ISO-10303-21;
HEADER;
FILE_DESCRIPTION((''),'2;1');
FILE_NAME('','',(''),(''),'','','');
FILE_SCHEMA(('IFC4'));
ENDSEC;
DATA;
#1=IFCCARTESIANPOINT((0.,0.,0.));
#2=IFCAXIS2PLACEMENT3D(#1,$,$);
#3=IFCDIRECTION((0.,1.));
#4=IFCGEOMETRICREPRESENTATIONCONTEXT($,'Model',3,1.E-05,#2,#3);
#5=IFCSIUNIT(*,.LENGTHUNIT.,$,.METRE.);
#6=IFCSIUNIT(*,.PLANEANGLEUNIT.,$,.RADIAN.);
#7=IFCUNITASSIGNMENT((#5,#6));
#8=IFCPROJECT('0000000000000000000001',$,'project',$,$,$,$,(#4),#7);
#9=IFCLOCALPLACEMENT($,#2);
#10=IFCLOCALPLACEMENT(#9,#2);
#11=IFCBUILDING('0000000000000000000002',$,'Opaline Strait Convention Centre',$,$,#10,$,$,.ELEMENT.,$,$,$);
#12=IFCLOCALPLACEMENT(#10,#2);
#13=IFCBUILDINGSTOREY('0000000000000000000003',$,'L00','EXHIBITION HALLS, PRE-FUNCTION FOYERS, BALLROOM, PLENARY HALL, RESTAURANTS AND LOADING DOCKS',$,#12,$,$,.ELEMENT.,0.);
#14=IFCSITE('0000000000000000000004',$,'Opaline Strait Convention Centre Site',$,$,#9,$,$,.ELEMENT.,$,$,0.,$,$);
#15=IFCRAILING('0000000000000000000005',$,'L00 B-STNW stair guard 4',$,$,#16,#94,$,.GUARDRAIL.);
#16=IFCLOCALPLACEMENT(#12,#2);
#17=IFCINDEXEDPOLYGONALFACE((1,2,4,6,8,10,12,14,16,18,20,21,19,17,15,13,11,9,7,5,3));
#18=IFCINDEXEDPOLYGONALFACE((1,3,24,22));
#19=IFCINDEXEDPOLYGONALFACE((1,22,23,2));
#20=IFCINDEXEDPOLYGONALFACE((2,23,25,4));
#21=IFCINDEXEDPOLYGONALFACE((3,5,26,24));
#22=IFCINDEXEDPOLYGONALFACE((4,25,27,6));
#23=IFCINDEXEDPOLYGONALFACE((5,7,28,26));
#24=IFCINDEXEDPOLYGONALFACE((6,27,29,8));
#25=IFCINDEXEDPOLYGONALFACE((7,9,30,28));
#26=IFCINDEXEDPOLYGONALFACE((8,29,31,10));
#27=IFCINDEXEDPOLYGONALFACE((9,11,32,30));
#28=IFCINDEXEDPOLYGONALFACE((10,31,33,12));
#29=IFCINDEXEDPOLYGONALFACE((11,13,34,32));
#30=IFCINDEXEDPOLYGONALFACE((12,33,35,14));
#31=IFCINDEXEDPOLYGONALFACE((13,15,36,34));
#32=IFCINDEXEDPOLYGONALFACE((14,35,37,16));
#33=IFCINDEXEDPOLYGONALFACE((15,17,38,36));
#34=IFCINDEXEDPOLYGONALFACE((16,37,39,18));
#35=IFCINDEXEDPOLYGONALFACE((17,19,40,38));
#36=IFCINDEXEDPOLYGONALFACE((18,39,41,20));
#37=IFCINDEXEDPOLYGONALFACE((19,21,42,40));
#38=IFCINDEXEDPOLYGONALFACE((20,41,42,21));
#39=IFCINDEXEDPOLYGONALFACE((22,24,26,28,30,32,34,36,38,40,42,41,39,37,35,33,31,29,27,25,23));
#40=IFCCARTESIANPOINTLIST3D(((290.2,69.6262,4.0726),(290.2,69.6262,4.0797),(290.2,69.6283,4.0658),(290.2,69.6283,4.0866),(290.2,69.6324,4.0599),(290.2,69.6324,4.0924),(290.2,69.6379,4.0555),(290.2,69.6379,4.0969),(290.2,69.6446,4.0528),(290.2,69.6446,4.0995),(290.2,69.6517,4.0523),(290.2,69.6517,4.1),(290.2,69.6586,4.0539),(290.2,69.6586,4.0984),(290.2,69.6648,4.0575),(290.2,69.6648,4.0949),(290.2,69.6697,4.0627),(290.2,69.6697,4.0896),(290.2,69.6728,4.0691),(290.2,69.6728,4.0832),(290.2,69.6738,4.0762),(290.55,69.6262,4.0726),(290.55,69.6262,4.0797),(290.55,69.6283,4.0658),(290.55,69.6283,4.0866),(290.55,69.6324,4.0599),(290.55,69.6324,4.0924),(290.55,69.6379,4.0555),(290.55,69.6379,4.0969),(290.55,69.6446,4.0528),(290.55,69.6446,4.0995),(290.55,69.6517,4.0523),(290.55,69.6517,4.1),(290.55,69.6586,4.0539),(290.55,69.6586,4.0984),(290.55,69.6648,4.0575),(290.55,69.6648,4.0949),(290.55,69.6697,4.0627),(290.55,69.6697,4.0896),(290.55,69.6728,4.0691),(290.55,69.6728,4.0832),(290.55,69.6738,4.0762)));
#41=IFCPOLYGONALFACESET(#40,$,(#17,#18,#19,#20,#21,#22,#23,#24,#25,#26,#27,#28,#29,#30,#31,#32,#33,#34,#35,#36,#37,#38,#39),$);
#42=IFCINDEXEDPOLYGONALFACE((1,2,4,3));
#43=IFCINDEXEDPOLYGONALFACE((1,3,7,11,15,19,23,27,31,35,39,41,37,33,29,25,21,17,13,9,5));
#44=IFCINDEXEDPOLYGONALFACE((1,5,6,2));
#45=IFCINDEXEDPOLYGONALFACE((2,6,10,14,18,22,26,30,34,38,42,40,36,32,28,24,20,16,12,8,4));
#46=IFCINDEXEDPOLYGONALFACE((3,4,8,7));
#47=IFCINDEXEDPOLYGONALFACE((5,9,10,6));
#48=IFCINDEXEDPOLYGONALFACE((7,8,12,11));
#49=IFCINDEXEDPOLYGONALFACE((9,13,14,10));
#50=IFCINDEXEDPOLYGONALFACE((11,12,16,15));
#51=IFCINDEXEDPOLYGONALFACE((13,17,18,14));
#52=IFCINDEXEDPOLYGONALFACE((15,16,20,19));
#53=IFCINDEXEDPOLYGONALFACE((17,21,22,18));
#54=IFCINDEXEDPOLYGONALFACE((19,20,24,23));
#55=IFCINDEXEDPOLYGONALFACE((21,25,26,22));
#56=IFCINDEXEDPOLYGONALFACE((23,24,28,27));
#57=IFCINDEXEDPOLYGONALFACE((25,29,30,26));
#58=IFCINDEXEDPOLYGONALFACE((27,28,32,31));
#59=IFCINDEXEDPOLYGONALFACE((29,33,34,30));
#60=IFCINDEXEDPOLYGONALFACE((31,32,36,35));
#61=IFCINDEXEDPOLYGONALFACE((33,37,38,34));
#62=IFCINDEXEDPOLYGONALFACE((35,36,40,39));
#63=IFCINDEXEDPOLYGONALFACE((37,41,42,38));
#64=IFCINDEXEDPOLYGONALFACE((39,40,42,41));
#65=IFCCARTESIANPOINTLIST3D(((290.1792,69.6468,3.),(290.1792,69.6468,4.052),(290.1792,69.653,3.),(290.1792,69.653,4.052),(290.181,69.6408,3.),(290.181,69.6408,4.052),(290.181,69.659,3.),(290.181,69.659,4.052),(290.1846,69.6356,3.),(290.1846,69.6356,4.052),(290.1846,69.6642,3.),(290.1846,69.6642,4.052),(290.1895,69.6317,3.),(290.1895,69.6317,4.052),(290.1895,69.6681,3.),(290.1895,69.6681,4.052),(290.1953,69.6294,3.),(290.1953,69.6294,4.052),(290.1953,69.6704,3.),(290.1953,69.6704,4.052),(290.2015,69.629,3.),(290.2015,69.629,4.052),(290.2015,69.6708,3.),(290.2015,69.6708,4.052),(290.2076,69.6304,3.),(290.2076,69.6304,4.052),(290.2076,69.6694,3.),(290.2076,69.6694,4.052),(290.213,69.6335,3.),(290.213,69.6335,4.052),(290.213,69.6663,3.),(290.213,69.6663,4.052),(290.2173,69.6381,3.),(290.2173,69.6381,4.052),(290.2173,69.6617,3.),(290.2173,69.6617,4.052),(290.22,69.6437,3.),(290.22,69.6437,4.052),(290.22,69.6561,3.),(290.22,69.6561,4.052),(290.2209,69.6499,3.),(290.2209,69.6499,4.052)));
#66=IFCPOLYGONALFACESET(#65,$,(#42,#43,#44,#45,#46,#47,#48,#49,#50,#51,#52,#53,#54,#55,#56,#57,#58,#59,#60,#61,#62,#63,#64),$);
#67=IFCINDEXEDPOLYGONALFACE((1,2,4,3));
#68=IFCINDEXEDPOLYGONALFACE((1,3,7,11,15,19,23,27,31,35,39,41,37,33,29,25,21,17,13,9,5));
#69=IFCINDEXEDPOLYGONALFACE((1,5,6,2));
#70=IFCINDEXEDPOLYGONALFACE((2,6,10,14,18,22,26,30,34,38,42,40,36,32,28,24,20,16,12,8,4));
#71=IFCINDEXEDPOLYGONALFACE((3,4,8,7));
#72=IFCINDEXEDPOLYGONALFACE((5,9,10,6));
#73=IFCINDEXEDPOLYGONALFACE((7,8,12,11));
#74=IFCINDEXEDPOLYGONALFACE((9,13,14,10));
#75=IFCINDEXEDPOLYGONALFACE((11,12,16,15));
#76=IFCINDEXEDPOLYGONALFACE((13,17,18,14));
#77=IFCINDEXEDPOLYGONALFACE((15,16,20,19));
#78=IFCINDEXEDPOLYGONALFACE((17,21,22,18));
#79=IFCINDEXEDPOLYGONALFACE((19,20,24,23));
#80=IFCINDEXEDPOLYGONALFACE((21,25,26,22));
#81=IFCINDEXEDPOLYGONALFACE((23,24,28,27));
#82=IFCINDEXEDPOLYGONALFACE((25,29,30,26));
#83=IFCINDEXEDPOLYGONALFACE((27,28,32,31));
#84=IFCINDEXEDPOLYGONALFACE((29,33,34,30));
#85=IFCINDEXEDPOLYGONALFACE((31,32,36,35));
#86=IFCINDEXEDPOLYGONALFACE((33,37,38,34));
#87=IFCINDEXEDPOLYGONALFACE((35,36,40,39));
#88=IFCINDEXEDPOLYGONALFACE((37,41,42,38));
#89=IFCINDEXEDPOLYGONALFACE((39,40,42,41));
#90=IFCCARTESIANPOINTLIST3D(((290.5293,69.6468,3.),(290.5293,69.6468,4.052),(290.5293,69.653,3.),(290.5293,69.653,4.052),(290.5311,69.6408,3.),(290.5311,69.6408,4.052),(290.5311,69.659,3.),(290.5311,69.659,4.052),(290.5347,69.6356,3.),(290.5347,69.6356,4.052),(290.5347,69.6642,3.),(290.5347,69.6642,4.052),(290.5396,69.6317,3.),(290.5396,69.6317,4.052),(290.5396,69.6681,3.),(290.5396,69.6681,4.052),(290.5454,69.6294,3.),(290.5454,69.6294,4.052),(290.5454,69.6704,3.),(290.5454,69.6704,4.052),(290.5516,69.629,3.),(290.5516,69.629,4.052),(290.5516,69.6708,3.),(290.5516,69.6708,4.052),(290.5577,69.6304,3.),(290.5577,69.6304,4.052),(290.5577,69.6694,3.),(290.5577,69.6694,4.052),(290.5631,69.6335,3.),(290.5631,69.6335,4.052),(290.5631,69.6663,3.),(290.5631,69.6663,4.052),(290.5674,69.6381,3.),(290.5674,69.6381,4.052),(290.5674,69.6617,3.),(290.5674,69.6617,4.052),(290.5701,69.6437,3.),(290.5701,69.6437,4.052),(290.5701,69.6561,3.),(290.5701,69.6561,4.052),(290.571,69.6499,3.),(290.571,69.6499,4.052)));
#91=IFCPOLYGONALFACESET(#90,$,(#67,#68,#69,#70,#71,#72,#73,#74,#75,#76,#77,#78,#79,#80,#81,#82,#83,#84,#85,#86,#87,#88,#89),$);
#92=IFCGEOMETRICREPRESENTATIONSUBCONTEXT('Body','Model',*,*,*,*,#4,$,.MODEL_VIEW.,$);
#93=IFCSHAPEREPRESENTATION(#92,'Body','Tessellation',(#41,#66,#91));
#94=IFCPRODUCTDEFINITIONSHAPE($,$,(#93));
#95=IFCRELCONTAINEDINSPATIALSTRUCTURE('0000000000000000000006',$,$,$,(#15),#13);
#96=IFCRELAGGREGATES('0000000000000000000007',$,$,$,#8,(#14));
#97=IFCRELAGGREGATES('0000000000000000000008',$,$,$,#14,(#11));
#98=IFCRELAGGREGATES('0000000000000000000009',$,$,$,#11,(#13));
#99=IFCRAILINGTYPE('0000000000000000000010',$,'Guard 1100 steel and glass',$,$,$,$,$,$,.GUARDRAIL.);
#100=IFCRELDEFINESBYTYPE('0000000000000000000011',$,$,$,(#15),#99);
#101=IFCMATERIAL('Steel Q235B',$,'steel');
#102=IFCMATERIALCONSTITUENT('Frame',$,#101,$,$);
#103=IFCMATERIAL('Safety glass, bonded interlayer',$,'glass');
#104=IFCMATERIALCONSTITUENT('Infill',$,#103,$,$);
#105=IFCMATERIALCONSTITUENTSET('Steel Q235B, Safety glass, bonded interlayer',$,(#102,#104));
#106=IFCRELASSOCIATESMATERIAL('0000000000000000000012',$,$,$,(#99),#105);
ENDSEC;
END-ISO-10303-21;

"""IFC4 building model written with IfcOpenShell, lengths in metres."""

from ifc_helpers import new_model, si_unit, direction, frame, origin, origin_2d, place, context, subcontext, project, spatial, circle, extrude, material, constituent, constituent_set, type_object, element, save


model = new_model("IFC4")

# Units and contexts
model_context = context("Model", 3, precision=1e-05, world=origin(), true_north=direction((0.0, 1.0)))
body_context = subcontext(model_context, "Body", "Model", "MODEL_VIEW")
ifc_project = project(units=[si_unit("LENGTHUNIT", "METRE"), si_unit("PLANEANGLEUNIT", "RADIAN")], contexts=[model_context])

# Site, building, storey
site_placement = place(None, origin())
site = spatial("IfcSite", under=ifc_project, at=site_placement, Name="Opaline Strait Convention Centre Site", CompositionType="ELEMENT", RefElevation=0.0)
building_placement = place(site_placement, origin())
building = spatial("IfcBuilding", under=site, at=building_placement, Name="Opaline Strait Convention Centre", CompositionType="ELEMENT")
storey_placement = place(building_placement, origin())
storey = spatial("IfcBuildingStorey", under=building, at=storey_placement, Name="L00", Description="EXHIBITION HALLS, PRE-FUNCTION FOYERS, BALLROOM, PLENARY HALL, RESTAURANTS AND LOADING DOCKS", CompositionType="ELEMENT", Elevation=0.0)

# Shared definitions
ifc_material_1 = material(Name="Steel Q235B", Category="steel")

# Railing
ifc_constituent_1 = constituent(ifc_material_1, Name="Frame")
ifc_material_2 = material(Name="Safety glass, bonded interlayer", Category="glass")
ifc_constituent_2 = constituent(ifc_material_2, Name="Infill")
ifc_constituent_set = constituent_set(constituents=[ifc_constituent_1, ifc_constituent_2], Name="Steel Q235B, Safety glass, bonded interlayer")
railing_type_1 = type_object("IfcRailingType", Name="Guard 1100 steel and glass", PredefinedType="GUARDRAIL", material=ifc_constituent_set)
railing_1_placement = place(storey_placement, frame((290.2, 69.6499, 3.0)))
element("IfcRailing", 1, at=railing_1_placement, inside=storey, type_object=railing_type_1, Name="L00 B-STNW stair guard 4", PredefinedType="GUARDRAIL", context=body_context, shape_type="SweptSolid", body=[
    extrude(circle(Radius=0.0239, at=origin_2d()), frame((0.0, 0.0, 1.0762), z_axis=(1.0, 0.0, 0.0), x_axis=(0.0, 1.0, 0.0)), (0.0, 0.0, 1.0), 0.3501),
    extrude(circle(Radius=0.021, at=origin_2d()), origin(), (0.0, 0.0, 1.0), 1.052),
    extrude(circle(Radius=0.021, at=origin_2d()), frame((0.3501, 0.0, 0.0)), (0.0, 0.0, 1.0), 1.052),
])

save(model, "model.ifc")
